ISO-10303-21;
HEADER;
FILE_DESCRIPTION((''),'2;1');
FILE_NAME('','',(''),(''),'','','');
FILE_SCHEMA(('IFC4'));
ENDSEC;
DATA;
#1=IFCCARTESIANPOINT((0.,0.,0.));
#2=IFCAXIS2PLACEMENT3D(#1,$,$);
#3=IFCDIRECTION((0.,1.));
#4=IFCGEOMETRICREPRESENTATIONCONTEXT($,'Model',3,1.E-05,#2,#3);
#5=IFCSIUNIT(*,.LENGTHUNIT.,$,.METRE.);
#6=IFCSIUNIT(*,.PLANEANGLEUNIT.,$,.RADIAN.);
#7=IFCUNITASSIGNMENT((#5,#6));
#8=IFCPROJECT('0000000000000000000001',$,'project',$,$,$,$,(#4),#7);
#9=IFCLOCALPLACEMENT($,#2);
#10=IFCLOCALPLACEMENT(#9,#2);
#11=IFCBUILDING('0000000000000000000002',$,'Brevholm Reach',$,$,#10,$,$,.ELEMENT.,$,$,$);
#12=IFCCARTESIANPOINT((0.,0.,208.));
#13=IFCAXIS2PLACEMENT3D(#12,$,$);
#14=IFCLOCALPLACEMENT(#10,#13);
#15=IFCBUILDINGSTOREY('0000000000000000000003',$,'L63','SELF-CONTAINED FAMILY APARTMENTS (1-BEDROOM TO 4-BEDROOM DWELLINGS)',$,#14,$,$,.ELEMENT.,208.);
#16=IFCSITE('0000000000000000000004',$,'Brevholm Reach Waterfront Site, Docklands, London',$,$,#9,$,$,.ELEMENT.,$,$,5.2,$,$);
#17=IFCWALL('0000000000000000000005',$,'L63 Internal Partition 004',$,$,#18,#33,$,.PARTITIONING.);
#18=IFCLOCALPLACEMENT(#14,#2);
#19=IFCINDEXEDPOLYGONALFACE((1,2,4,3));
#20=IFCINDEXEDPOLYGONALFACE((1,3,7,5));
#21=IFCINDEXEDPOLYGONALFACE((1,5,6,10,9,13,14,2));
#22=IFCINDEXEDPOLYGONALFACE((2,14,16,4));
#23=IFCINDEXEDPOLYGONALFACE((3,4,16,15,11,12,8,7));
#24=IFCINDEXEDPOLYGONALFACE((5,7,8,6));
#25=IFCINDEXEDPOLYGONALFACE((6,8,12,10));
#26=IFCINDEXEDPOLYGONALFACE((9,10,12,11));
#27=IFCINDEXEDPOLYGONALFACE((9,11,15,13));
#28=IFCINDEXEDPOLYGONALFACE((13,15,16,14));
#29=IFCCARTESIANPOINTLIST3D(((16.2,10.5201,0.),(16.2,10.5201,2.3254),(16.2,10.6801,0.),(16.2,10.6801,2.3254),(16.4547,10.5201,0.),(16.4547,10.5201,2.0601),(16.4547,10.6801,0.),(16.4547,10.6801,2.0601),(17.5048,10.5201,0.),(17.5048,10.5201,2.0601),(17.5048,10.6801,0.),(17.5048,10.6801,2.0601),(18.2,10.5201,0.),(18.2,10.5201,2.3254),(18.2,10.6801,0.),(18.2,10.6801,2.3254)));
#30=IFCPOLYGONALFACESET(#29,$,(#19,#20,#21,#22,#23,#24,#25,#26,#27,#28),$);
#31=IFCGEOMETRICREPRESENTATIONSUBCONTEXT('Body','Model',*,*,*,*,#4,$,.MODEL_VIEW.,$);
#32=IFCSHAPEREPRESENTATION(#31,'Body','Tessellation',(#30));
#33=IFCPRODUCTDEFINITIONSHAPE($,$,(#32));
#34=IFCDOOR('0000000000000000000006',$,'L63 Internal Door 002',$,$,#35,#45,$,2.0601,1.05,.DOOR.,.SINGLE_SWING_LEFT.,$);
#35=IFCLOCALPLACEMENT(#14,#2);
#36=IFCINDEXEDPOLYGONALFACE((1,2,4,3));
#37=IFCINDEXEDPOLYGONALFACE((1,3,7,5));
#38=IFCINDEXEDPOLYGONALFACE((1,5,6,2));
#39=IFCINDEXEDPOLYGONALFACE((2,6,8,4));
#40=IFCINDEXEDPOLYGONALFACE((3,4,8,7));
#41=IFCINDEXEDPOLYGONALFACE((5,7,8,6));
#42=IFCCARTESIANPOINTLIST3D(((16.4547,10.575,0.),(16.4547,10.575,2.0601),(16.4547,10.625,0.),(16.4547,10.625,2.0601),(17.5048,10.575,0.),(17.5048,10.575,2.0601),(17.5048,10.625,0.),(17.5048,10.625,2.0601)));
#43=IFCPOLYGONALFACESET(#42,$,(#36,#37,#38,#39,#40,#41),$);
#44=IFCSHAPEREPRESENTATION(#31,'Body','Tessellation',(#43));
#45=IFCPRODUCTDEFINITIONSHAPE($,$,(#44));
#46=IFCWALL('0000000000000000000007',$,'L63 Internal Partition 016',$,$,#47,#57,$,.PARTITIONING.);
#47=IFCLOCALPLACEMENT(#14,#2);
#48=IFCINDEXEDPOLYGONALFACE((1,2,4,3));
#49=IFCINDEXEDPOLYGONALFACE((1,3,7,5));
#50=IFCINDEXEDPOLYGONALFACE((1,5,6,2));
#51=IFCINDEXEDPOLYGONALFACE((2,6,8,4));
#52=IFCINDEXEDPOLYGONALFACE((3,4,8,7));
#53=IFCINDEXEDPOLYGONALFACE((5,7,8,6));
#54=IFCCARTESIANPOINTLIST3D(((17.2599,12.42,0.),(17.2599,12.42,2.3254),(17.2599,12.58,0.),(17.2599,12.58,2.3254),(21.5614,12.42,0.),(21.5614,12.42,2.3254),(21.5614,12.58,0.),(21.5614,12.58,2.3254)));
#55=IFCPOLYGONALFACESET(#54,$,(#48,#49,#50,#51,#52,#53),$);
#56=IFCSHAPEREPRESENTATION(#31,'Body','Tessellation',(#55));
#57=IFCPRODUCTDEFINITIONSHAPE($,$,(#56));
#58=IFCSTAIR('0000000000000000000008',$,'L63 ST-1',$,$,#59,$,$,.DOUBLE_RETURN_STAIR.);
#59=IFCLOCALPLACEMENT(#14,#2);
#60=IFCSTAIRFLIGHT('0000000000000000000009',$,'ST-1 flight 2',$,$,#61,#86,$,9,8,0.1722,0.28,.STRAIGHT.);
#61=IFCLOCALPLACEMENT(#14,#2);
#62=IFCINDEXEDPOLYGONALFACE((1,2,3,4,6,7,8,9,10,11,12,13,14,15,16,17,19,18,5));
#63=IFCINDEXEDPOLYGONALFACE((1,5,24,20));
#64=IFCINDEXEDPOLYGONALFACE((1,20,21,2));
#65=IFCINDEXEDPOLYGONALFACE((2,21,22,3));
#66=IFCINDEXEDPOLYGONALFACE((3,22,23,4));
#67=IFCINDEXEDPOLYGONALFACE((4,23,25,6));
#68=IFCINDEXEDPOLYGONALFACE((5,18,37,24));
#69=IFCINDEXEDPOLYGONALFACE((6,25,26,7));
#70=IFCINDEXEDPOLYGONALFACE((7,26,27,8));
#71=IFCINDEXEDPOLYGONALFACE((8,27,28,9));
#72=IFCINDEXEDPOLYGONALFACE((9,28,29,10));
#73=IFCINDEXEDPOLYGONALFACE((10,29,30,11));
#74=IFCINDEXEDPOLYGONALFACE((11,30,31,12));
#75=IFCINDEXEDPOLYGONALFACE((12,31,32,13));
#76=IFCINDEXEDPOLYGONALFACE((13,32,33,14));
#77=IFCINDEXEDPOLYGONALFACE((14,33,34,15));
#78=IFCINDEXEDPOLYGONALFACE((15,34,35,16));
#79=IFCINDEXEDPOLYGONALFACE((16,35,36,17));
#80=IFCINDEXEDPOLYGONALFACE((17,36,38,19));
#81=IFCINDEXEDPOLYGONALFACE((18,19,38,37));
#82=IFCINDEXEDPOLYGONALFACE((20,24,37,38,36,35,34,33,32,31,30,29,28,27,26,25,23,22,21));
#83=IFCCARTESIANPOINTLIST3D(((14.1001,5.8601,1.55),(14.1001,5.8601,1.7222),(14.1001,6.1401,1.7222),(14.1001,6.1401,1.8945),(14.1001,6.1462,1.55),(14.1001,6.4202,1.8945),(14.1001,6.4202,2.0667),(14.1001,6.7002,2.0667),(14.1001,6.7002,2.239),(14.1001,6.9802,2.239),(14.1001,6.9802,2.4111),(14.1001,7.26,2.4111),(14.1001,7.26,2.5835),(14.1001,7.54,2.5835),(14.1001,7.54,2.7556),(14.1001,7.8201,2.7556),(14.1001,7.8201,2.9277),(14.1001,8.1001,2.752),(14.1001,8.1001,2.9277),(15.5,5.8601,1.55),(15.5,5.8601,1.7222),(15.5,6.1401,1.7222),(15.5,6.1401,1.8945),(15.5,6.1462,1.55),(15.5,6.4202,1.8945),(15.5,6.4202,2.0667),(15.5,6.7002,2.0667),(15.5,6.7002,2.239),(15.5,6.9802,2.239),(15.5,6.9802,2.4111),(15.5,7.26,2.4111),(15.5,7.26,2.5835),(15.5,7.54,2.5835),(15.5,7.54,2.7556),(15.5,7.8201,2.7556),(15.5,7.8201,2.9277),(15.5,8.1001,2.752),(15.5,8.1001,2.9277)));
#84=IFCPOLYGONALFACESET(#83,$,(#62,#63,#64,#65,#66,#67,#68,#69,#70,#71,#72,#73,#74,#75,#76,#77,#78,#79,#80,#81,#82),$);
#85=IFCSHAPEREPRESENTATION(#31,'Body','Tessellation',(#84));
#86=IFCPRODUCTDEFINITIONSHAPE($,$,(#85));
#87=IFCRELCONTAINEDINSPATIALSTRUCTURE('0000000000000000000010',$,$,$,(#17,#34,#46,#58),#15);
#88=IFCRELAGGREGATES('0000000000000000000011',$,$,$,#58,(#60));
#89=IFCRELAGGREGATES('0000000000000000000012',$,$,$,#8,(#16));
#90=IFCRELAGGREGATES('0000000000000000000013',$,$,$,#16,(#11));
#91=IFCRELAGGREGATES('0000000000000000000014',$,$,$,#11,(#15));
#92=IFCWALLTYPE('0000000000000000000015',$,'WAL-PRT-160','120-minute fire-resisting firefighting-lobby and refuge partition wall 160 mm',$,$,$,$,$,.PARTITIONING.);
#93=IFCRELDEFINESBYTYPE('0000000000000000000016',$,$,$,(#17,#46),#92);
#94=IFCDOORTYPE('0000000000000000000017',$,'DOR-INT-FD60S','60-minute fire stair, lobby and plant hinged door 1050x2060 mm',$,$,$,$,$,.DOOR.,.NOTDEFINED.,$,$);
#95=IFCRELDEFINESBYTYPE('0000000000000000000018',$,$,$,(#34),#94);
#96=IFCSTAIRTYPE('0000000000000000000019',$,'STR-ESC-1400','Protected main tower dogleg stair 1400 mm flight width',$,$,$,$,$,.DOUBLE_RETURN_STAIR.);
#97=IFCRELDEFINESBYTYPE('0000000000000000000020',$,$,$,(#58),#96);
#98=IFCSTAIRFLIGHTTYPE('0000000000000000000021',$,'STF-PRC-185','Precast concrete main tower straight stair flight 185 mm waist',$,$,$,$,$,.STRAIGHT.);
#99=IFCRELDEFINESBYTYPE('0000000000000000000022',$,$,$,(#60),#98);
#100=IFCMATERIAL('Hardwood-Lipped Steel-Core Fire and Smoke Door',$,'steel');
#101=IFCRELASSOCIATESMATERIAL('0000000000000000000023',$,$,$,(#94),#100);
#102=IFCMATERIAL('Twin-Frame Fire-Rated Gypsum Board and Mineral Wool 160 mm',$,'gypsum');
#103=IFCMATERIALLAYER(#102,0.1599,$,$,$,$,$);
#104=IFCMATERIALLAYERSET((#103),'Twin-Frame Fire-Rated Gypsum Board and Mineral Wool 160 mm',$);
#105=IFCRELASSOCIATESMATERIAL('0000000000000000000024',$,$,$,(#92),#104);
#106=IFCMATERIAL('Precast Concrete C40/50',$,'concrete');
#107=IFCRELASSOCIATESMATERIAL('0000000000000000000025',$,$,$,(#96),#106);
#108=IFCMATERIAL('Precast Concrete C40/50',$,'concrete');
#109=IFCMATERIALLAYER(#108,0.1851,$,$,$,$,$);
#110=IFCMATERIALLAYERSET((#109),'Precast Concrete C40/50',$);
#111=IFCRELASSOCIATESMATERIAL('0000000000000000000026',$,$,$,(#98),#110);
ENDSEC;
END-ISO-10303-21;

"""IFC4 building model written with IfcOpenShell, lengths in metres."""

from ifc_helpers import new_model, si_unit, direction, frame, frame_2d, origin, place, context, subcontext, project, spatial, polyline, rectangle, outline, extrude, material, layer, layer_set, type_object, element, fill, aggregate, save


model = new_model("IFC4")

# Units and contexts
model_context = context("Model", 3, precision=1e-05, world=origin(), true_north=direction((0.0, 1.0)))
body_context = subcontext(model_context, "Body", "Model", "MODEL_VIEW")
ifc_project = project(units=[si_unit("LENGTHUNIT", "METRE"), si_unit("PLANEANGLEUNIT", "RADIAN")], contexts=[model_context])

# Site, building, storey
site_placement = place(None, origin())
site = spatial("IfcSite", under=ifc_project, at=site_placement, Name="Brevholm Reach Waterfront Site, Docklands, London", CompositionType="ELEMENT", RefElevation=5.2)
building_placement = place(site_placement, origin())
building = spatial("IfcBuilding", under=site, at=building_placement, Name="Brevholm Reach", CompositionType="ELEMENT")
storey_placement = place(building_placement, frame((0.0, 0.0, 208.0)))
storey = spatial("IfcBuildingStorey", under=building, at=storey_placement, Name="L63", Description="SELF-CONTAINED FAMILY APARTMENTS (1-BEDROOM TO 4-BEDROOM DWELLINGS)", CompositionType="ELEMENT", Elevation=208.0)

# Shared definitions
ifc_material_1 = material(Name="Hardwood-Lipped Steel-Core Fire and Smoke Door", Category="steel")
door_type_1 = type_object("IfcDoorType", Name="DOR-INT-FD60S", Description="60-minute fire stair, lobby and plant hinged door 1050x2060 mm", OperationType="NOTDEFINED", PredefinedType="DOOR", material=ifc_material_1)

# Shared definitions
ifc_material_2 = material(Name="Twin-Frame Fire-Rated Gypsum Board and Mineral Wool 160 mm", Category="gypsum")
ifc_layer_1 = layer(ifc_material_2, 0.1599)
ifc_layer_set_1 = layer_set([ifc_layer_1], Name="Twin-Frame Fire-Rated Gypsum Board and Mineral Wool 160 mm")
wall_type_1 = type_object("IfcWallType", Name="WAL-PRT-160", Description="120-minute fire-resisting firefighting-lobby and refuge partition wall 160 mm", PredefinedType="PARTITIONING", material=ifc_layer_set_1)

# Wall, opening, door
wall_1_placement = place(storey_placement, frame((16.2, 10.6001, 0.0), z_axis=(0.0, 0.0, 1.0), x_axis=(1.0, 0.0, 0.0)))
wall_1 = element("IfcWall", 1, at=wall_1_placement, inside=storey, type_object=wall_type_1, Name="L63 Internal Partition 004", PredefinedType="PARTITIONING", context=body_context, shape_type="SweptSolid", body=[
    extrude(rectangle(XDim=2.0, YDim=0.1599, at=frame_2d((1.0, 0.0))), origin(), (0.0, 0.0, 1.0), 2.3254),
])
opening_1_placement = place(wall_1_placement, frame((0.2549, 0.0, 0.0)))
opening_1 = element("IfcOpeningElement", 2, at=opening_1_placement, cuts=wall_1, PredefinedType="OPENING", context=body_context, shape_type="SweptSolid", body=[
    extrude(rectangle(XDim=1.05, YDim=2.0601, at=frame_2d((0.5249, 1.03))), frame((0.0, 0.0898, 0.0), z_axis=(0.0, -1.0, 0.0), x_axis=(1.0, 0.0, 0.0)), (0.0, 0.0, 1.0), 0.1799),
])
door_1_placement = place(opening_1_placement, origin())
door_1 = element("IfcDoor", 3, at=door_1_placement, inside=storey, type_object=door_type_1, Name="L63 Internal Door 002", OperationType="SINGLE_SWING_LEFT", OverallHeight=2.0601, OverallWidth=1.05, PredefinedType="DOOR", context=body_context, shape_type="SweptSolid", body=[
    extrude(rectangle(XDim=1.05, YDim=2.0601, at=frame_2d((0.5249, 1.03))), frame((0.0, 0.0249, 0.0), z_axis=(0.0, -1.0, 0.0), x_axis=(1.0, 0.0, 0.0)), (0.0, 0.0, 1.0), 0.05),
])
fill(opening_1, door_1)

# Wall
wall_2_placement = place(storey_placement, frame((17.2598, 12.5, 0.0), z_axis=(0.0, 0.0, 1.0), x_axis=(1.0, 0.0, 0.0)))
element("IfcWall", 4, at=wall_2_placement, inside=storey, type_object=wall_type_1, Name="L63 Internal Partition 016", PredefinedType="PARTITIONING", context=body_context, shape_type="SweptSolid", body=[
    extrude(rectangle(XDim=4.3015, YDim=0.1599, at=frame_2d((2.1509, 0.0))), origin(), (0.0, 0.0, 1.0), 2.3254),
])

# Stair, stair flight
ifc_material_3 = material(Name="Precast Concrete C40/50", Category="concrete")
stair_type = type_object("IfcStairType", Name="STR-ESC-1400", Description="Protected main tower dogleg stair 1400 mm flight width", PredefinedType="DOUBLE_RETURN_STAIR", material=ifc_material_3)
stair_placement = place(storey_placement, origin())
stair = element("IfcStair", 5, at=stair_placement, inside=storey, type_object=stair_type, Name="L63 ST-1", PredefinedType="DOUBLE_RETURN_STAIR")
ifc_material_4 = material(Name="Precast Concrete C40/50", Category="concrete")
ifc_layer_2 = layer(ifc_material_4, 0.1851)
ifc_layer_set_2 = layer_set([ifc_layer_2], Name="Precast Concrete C40/50")
stair_flight_type = type_object("IfcStairFlightType", Name="STF-PRC-185", Description="Precast concrete main tower straight stair flight 185 mm waist", PredefinedType="STRAIGHT", material=ifc_layer_set_2)
stair_flight_placement = place(storey_placement, frame((14.8, 5.8601, 1.55), z_axis=(0.0, 0.0, 1.0), x_axis=(0.0, 1.0, 0.0)))
stair_flight = element("IfcStairFlight", 6, at=stair_flight_placement, type_object=stair_flight_type, Name="ST-1 flight 2", NumberOfRisers=9, NumberOfTreads=8, PredefinedType="STRAIGHT", RiserHeight=0.1722, TreadLength=0.28, context=body_context, shape_type="SweptSolid", body=[
    extrude(outline(polyline([(0.0, 0.0), (0.0, 0.1721), (0.28, 0.1721), (0.28, 0.3445), (0.5601, 0.3445), (0.5601, 0.5166), (0.8401, 0.5166), (0.8401, 0.689), (1.1201, 0.689), (1.1201, 0.8611), (1.3999, 0.8611), (1.3999, 1.0334), (1.6799, 1.0334), (1.6799, 1.2056), (1.96, 1.2056), (1.96, 1.3777), (2.24, 1.3777), (2.24, 1.55), (2.24, 1.2019), (0.2861, 0.0), (0.0, 0.0)])), frame((0.0, 0.7, 0.0), z_axis=(0.0, -1.0, 0.0), x_axis=(1.0, 0.0, 0.0)), (0.0, 0.0, 1.0), 1.3999),
])
aggregate(stair, [stair_flight])

save(model, "model.ifc")
